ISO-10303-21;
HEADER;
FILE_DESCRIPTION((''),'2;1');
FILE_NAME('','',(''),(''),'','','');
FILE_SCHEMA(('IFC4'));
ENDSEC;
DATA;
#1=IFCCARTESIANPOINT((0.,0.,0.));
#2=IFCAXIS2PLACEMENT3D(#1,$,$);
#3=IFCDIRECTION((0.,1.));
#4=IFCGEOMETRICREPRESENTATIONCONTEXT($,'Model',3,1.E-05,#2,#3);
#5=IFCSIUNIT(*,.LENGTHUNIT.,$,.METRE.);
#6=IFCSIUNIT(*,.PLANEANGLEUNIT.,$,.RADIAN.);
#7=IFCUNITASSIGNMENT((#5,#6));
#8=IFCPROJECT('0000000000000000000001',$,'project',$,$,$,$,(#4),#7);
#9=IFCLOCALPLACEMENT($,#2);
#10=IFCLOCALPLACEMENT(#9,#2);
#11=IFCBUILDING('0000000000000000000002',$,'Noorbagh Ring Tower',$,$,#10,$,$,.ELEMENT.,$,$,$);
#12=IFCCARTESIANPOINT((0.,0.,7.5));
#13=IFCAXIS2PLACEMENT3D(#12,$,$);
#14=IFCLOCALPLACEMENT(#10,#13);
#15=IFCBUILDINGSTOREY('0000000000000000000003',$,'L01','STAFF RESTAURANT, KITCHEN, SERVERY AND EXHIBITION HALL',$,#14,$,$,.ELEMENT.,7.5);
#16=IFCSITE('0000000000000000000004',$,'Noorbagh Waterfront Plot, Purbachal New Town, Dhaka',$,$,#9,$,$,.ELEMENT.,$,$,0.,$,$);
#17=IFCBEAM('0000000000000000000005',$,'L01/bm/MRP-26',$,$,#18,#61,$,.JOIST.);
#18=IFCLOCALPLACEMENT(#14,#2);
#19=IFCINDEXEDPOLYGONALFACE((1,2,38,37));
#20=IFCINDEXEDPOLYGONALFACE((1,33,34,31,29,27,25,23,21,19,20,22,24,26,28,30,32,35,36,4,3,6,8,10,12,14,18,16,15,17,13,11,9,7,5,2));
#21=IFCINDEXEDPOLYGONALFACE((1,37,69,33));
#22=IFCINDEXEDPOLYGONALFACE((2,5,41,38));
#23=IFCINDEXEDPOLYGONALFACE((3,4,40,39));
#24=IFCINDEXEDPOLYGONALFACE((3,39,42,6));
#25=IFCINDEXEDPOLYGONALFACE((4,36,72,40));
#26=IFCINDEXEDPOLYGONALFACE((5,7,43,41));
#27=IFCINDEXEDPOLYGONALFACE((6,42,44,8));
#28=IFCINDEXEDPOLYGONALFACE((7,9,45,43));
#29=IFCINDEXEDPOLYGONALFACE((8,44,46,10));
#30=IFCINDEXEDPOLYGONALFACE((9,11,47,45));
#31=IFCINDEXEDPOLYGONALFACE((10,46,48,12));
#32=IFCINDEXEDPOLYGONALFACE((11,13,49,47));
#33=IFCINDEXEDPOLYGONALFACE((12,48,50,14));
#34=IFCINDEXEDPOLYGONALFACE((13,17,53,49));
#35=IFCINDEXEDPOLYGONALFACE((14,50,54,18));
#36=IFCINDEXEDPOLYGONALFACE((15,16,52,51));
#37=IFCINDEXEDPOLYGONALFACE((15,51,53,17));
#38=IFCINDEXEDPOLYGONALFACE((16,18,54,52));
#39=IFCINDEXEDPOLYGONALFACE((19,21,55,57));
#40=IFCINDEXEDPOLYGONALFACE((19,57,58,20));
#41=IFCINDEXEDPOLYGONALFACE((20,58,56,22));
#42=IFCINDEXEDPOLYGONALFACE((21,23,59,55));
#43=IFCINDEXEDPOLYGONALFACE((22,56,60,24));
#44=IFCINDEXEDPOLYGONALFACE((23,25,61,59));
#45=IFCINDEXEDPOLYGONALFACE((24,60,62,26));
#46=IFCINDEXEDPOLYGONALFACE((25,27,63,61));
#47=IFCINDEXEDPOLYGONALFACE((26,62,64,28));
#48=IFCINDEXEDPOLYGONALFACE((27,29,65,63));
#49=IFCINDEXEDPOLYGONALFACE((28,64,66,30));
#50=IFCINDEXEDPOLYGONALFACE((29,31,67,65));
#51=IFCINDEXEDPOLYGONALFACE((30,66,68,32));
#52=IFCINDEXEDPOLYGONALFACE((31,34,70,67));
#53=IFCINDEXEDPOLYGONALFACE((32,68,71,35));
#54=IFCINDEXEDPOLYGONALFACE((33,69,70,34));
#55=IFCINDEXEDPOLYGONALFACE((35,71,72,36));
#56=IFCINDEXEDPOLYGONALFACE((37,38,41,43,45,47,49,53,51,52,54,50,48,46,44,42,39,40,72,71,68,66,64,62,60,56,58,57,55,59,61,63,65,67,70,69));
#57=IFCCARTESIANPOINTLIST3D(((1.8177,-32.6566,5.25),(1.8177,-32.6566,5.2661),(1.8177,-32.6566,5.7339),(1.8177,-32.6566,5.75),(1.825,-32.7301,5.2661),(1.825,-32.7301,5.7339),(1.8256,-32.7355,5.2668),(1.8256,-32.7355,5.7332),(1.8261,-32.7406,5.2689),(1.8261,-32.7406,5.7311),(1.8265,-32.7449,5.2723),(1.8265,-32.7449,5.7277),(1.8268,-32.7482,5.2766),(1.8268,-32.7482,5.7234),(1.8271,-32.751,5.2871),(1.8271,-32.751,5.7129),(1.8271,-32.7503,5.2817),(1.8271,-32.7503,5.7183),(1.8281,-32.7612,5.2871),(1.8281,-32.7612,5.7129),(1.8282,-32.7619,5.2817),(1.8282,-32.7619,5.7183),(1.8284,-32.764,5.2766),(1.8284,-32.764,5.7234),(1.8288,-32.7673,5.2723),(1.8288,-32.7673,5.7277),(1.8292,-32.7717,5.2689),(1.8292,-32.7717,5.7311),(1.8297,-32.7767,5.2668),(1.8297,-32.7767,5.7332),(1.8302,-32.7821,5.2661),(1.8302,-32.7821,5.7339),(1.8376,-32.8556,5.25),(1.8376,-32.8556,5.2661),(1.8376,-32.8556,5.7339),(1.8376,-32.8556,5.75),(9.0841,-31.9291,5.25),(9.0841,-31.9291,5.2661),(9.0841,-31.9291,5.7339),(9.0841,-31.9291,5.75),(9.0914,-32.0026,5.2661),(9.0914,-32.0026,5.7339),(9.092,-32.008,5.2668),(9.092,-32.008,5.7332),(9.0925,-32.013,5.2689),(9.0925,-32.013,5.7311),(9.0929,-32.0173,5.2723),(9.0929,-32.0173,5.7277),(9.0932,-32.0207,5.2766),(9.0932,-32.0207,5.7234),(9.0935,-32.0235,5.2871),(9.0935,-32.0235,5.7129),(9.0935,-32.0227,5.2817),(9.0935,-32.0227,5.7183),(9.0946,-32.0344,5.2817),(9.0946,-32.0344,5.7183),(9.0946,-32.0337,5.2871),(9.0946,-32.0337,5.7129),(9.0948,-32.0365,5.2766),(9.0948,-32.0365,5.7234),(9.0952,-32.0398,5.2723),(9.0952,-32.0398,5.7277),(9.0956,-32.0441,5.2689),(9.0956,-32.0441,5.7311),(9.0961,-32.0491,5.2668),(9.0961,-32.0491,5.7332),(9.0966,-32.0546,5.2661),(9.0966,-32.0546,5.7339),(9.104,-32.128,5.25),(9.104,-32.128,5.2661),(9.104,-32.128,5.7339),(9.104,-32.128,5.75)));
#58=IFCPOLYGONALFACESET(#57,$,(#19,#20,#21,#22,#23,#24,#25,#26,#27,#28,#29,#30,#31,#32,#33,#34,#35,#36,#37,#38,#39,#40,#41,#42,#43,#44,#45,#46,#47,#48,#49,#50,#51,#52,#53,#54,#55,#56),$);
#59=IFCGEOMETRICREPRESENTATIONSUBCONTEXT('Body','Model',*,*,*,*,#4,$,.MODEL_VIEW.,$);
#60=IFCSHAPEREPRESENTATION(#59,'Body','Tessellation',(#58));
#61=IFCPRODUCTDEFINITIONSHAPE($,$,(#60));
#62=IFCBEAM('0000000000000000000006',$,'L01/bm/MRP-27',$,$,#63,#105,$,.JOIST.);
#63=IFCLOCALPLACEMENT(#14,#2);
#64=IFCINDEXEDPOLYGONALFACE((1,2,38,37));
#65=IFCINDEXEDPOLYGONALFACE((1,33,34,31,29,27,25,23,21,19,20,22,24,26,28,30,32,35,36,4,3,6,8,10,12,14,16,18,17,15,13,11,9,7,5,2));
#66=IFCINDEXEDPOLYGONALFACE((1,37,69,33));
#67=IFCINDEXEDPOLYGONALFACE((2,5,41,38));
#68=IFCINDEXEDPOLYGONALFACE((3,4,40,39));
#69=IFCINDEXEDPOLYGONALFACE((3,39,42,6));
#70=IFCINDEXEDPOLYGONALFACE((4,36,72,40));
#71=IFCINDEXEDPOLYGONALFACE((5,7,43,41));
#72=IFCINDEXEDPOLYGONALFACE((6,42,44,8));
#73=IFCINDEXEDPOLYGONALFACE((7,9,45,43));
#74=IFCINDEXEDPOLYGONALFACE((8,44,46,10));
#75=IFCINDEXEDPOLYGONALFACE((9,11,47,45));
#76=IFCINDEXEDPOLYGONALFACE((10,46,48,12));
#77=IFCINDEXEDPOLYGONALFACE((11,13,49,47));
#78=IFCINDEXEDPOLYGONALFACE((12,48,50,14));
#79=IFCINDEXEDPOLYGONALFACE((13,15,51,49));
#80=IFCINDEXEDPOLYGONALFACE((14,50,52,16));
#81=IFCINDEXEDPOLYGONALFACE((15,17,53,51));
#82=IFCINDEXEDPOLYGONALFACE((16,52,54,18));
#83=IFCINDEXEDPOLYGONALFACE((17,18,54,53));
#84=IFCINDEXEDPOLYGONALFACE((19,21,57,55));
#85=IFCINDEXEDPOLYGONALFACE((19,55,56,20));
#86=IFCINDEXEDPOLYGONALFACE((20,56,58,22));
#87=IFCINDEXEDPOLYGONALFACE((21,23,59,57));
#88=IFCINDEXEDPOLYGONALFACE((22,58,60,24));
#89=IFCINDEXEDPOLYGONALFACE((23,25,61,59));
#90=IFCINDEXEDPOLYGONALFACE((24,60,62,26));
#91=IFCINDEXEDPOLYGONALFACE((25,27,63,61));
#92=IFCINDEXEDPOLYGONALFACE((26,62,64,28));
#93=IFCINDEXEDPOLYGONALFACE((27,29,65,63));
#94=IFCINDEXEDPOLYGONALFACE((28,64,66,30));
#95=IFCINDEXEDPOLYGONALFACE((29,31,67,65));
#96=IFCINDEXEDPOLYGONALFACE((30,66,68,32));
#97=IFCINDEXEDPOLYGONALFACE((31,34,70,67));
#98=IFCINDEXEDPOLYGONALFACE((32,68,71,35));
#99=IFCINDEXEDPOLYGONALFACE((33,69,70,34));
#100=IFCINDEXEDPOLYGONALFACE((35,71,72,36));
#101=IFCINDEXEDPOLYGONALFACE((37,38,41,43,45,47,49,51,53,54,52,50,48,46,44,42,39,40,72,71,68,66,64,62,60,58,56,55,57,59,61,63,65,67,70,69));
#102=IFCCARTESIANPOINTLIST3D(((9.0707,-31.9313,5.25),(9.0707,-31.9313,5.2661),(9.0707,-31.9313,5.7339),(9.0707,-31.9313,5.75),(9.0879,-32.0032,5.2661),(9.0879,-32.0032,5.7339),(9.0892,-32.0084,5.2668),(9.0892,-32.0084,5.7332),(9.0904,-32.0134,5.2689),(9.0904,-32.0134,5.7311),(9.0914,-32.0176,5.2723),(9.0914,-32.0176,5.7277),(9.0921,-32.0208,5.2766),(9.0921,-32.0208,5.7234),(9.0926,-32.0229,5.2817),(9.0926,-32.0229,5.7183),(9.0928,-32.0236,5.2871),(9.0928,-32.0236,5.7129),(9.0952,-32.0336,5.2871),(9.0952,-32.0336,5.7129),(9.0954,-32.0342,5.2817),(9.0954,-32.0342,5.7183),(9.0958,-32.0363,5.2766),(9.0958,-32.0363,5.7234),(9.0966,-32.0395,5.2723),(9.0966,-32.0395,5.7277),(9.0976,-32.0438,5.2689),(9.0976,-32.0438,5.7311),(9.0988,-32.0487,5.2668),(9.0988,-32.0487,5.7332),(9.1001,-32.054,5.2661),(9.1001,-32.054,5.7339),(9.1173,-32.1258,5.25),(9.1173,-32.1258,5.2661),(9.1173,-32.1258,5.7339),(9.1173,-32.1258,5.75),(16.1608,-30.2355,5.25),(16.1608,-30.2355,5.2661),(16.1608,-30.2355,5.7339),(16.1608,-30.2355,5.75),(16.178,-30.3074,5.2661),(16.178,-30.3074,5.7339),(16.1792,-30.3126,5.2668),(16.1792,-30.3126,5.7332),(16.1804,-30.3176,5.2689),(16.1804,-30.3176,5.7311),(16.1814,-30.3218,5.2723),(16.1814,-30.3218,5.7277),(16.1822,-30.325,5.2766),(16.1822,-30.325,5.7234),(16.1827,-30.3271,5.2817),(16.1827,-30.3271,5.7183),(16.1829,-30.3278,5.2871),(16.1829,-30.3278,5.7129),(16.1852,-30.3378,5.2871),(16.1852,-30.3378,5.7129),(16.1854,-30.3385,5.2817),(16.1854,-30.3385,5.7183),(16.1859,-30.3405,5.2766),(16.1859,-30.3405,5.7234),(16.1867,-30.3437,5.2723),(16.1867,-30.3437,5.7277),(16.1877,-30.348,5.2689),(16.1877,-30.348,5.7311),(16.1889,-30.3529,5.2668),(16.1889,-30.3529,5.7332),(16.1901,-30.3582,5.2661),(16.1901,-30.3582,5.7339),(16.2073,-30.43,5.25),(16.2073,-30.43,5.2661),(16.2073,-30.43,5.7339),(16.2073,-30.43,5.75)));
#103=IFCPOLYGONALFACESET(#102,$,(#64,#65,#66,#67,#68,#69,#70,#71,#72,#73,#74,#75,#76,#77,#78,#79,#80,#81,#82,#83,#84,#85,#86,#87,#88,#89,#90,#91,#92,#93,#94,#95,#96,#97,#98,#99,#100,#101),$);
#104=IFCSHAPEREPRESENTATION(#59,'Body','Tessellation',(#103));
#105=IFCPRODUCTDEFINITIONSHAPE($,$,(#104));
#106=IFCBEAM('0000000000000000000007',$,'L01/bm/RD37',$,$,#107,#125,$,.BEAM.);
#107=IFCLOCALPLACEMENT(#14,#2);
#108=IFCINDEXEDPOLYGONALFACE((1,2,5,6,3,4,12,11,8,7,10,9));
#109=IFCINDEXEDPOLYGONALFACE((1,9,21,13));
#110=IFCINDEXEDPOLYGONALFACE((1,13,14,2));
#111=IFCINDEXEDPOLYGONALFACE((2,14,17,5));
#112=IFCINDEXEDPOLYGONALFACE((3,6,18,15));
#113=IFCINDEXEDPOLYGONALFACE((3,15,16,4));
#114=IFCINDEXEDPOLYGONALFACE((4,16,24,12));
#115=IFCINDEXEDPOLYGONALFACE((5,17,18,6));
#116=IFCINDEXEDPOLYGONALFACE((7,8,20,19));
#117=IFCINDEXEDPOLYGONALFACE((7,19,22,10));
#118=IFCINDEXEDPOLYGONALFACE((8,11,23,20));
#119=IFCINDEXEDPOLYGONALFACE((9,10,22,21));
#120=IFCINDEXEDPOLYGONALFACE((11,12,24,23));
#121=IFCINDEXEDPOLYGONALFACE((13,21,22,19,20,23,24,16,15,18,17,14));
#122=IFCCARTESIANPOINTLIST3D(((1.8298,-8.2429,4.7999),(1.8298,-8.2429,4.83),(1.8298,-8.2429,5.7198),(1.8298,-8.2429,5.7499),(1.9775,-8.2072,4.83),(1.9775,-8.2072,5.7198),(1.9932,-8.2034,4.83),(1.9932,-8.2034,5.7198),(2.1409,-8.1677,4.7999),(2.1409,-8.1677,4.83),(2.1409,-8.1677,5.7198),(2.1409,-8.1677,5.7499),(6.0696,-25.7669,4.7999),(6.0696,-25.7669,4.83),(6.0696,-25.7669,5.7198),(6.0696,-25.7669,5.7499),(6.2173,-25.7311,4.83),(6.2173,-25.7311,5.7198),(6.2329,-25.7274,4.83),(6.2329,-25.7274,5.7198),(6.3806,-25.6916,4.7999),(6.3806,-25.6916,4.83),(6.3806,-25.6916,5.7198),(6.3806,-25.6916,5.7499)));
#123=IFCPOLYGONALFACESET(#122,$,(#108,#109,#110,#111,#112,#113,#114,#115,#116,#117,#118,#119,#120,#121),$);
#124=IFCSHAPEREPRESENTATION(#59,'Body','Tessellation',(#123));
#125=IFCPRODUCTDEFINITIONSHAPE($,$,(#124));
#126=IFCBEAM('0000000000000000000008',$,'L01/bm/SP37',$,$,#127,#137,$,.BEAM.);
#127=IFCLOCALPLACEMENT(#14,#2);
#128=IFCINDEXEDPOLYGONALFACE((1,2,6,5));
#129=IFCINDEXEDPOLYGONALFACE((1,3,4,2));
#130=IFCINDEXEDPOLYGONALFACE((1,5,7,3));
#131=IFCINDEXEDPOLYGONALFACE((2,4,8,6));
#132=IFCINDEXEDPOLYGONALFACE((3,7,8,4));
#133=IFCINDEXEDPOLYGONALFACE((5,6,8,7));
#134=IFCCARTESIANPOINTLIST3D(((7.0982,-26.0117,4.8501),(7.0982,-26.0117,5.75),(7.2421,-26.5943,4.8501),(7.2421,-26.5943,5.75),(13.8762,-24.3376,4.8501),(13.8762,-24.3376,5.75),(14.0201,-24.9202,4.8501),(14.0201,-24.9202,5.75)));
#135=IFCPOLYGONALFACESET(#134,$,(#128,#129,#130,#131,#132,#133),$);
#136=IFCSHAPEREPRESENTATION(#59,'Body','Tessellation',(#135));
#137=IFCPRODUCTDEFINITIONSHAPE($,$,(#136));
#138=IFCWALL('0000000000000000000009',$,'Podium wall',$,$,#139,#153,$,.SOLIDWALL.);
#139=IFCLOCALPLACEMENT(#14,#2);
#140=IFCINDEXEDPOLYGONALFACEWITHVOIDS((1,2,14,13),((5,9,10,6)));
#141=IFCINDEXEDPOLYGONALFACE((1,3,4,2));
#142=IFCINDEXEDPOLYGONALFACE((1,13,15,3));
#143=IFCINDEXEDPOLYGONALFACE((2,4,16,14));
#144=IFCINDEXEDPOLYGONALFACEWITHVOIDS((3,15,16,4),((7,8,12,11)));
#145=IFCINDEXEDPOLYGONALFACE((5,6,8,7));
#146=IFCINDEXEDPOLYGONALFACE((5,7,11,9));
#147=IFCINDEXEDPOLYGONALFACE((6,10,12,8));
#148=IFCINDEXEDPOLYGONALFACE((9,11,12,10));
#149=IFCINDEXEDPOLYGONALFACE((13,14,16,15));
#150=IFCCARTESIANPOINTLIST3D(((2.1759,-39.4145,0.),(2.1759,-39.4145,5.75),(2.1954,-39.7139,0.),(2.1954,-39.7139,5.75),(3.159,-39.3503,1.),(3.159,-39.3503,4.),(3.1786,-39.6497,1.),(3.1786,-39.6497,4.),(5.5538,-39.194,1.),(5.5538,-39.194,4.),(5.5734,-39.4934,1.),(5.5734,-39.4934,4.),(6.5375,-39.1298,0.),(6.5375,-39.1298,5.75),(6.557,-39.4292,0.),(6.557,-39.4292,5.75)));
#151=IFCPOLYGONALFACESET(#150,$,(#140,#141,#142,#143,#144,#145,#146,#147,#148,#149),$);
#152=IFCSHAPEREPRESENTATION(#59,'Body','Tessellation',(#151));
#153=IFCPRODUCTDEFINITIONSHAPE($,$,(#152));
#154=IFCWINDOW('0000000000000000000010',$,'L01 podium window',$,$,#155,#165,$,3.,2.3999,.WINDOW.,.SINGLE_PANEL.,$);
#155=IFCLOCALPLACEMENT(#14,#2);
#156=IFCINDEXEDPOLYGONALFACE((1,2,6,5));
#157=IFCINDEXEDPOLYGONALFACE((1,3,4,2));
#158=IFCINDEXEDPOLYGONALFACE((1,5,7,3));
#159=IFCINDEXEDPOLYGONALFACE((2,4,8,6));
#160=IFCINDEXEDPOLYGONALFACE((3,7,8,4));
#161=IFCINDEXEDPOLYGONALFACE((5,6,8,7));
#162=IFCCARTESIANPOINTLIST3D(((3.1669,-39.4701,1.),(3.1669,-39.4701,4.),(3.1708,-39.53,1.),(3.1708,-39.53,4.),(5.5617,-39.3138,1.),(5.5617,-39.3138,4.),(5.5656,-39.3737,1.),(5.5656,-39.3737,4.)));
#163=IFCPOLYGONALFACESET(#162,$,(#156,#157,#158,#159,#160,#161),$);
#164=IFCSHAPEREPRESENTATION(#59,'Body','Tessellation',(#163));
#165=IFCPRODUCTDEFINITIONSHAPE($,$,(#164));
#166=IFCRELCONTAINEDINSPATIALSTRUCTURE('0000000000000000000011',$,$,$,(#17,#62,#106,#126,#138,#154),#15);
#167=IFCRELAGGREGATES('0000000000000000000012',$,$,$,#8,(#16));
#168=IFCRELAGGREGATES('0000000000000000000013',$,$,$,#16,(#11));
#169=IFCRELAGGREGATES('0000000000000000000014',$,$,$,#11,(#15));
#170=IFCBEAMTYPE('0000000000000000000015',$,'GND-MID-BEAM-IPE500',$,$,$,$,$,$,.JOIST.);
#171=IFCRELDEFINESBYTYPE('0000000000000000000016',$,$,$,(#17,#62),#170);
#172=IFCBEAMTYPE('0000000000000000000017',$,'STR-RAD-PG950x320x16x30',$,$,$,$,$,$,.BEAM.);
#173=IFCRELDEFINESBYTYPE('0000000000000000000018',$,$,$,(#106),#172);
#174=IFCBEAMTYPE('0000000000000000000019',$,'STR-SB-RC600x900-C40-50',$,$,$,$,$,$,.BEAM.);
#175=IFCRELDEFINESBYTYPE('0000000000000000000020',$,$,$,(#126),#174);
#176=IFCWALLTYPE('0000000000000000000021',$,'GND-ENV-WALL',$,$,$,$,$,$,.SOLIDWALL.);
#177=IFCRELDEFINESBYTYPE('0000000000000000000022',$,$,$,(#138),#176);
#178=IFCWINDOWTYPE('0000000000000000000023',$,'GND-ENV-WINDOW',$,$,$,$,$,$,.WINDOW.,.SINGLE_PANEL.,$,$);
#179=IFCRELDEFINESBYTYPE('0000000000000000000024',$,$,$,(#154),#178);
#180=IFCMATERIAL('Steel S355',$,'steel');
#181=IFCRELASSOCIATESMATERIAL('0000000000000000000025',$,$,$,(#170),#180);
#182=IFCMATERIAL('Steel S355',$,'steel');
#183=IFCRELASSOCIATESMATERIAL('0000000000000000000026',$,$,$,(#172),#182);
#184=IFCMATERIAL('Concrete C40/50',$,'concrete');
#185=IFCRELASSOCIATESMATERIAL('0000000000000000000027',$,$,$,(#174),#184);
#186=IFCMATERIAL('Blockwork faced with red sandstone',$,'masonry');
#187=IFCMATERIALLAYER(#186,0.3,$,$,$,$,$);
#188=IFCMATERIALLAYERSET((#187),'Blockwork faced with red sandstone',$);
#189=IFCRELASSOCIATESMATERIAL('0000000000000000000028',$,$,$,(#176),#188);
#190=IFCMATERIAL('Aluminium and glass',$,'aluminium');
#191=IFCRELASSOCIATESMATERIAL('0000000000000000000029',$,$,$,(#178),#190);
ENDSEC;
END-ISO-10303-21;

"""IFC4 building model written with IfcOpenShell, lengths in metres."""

from ifc_helpers import new_model, si_unit, direction, frame, frame_2d, origin, origin_2d, place, context, subcontext, project, spatial, rectangle, i_section, extrude, material, layer, layer_set, material_profile, profile_set, type_object, element, fill, save


model = new_model("IFC4")

# Units and contexts
model_context = context("Model", 3, precision=1e-05, world=origin(), true_north=direction((0.0, 1.0)))
body_context = subcontext(model_context, "Body", "Model", "MODEL_VIEW")
ifc_project = project(units=[si_unit("LENGTHUNIT", "METRE"), si_unit("PLANEANGLEUNIT", "RADIAN")], contexts=[model_context])

# Site, building, storey
site_placement = place(None, origin())
site = spatial("IfcSite", under=ifc_project, at=site_placement, Name="Noorbagh Waterfront Plot, Purbachal New Town, Dhaka", CompositionType="ELEMENT", RefElevation=0.0)
building_placement = place(site_placement, origin())
building = spatial("IfcBuilding", under=site, at=building_placement, Name="Noorbagh Ring Tower", CompositionType="ELEMENT")
storey_placement = place(building_placement, frame((0.0, 0.0, 7.5)))
storey = spatial("IfcBuildingStorey", under=building, at=storey_placement, Name="L01", Description="STAFF RESTAURANT, KITCHEN, SERVERY AND EXHIBITION HALL", CompositionType="ELEMENT", Elevation=7.5)

# Beams
ifc_material_1 = material(Name="Steel S355", Category="steel")
ifc_material_profile_1 = material_profile(ifc_material_1, i_section(OverallWidth=0.2, OverallDepth=0.5, WebThickness=0.0103, FlangeThickness=0.0161, FilletRadius=0.021, at=origin_2d()), Name="IPE500")
ifc_profile_set_1 = profile_set([ifc_material_profile_1], Name="Steel S355")
beam_type_1 = type_object("IfcBeamType", Name="GND-MID-BEAM-IPE500", PredefinedType="JOIST", material=ifc_profile_set_1)
beam_1_placement = place(storey_placement, frame((1.8276, -32.7561, 5.5), z_axis=(0.995025, 0.099626, 0.0), x_axis=(-0.099626, 0.995025, 0.0)))
element("IfcBeam", 1, at=beam_1_placement, inside=storey, type_object=beam_type_1, Name="L01/bm/MRP-26", PredefinedType="JOIST", context=body_context, shape_type="SweptSolid", body=[
    extrude(i_section(OverallWidth=0.2, OverallDepth=0.5, WebThickness=0.0103, FlangeThickness=0.0161, FilletRadius=0.021, at=origin_2d()), origin(), (0.0, 0.0, 1.0), 7.3027),
])
beam_2_placement = place(storey_placement, frame((9.094, -32.0286, 5.5), z_axis=(0.972568, 0.232618, 0.0), x_axis=(-0.232618, 0.972568, 0.0)))
element("IfcBeam", 2, at=beam_2_placement, inside=storey, type_object=beam_type_1, Name="L01/bm/MRP-27", PredefinedType="JOIST", context=body_context, shape_type="SweptSolid", body=[
    extrude(i_section(OverallWidth=0.2, OverallDepth=0.5, WebThickness=0.0103, FlangeThickness=0.0161, FilletRadius=0.021, at=origin_2d()), origin(), (0.0, 0.0, 1.0), 7.29),
])
ifc_material_2 = material(Name="Steel S355", Category="steel")
ifc_material_profile_2 = material_profile(ifc_material_2, i_section(OverallWidth=0.3201, OverallDepth=0.95, WebThickness=0.0161, FlangeThickness=0.03, at=origin_2d()), Name="PG950x320x16x30")
ifc_profile_set_2 = profile_set([ifc_material_profile_2], Name="Steel S355")
beam_type_2 = type_object("IfcBeamType", Name="STR-RAD-PG950x320x16x30", PredefinedType="BEAM", material=ifc_profile_set_2)
beam_3_placement = place(storey_placement, frame((6.2251, -25.7292, 5.2749), z_axis=(-0.235156, 0.971958, 0.0), x_axis=(-0.971958, -0.235156, 0.0)))
element("IfcBeam", 3, at=beam_3_placement, inside=storey, type_object=beam_type_2, Name="L01/bm/RD37", PredefinedType="BEAM", context=body_context, shape_type="SweptSolid", body=[
    extrude(i_section(OverallWidth=0.3201, OverallDepth=0.95, WebThickness=0.0161, FlangeThickness=0.03, at=origin_2d()), origin(), (0.0, 0.0, 1.0), 18.0295),
])
ifc_material_3 = material(Name="Concrete C40/50", Category="concrete")
ifc_material_profile_3 = material_profile(ifc_material_3, rectangle(XDim=0.6001, YDim=0.8999, at=origin_2d()), Name="RC600x900")
ifc_profile_set_3 = profile_set([ifc_material_profile_3], Name="Concrete C40/50")
beam_type_3 = type_object("IfcBeamType", Name="STR-SB-RC600x900-C40-50", PredefinedType="BEAM", material=ifc_profile_set_3)
beam_4_placement = place(storey_placement, frame((7.1702, -26.303, 5.3), z_axis=(0.970828, 0.239778, 0.0), x_axis=(-0.239778, 0.970828, 0.0)))
element("IfcBeam", 4, at=beam_4_placement, inside=storey, type_object=beam_type_3, Name="L01/bm/SP37", PredefinedType="BEAM", context=body_context, shape_type="SweptSolid", body=[
    extrude(rectangle(XDim=0.6001, YDim=0.8999, at=origin_2d()), origin(), (0.0, 0.0, 1.0), 6.9817),
])

# Wall, opening, window
ifc_material_4 = material(Name="Blockwork faced with red sandstone", Category="masonry")
ifc_layer_1 = layer(ifc_material_4, 0.3)
ifc_layer_set_1 = layer_set([ifc_layer_1], Name="Blockwork faced with red sandstone")
wall_type = type_object("IfcWallType", Name="GND-ENV-WALL", PredefinedType="SOLIDWALL", material=ifc_layer_set_1)
wall_1_placement = place(storey_placement, frame((2.1855, -39.5642, 0.0), z_axis=(0.0, 0.0, 1.0), x_axis=(0.997877, 0.065129, 0.0)))
wall_1 = element("IfcWall", 5, at=wall_1_placement, inside=storey, type_object=wall_type, Name="Podium wall", PredefinedType="SOLIDWALL", context=body_context, shape_type="SweptSolid", body=[
    extrude(rectangle(XDim=4.3708, YDim=0.3, at=frame_2d((2.1855, 0.0))), origin(), (0.0, 0.0, 1.0), 5.75),
])
opening_1_placement = place(wall_1_placement, frame((0.9854, 0.0, 1.0)))
opening_1 = element("IfcOpeningElement", 6, at=opening_1_placement, cuts=wall_1, PredefinedType="OPENING", context=body_context, shape_type="SweptSolid", body=[
    extrude(rectangle(XDim=2.3999, YDim=3.0, at=frame_2d((1.2, 1.5))), frame((0.0, 0.1602, 0.0), z_axis=(0.0, -1.0, 0.0), x_axis=(1.0, 0.0, 0.0)), (0.0, 0.0, 1.0), 0.3201),
])
ifc_material_5 = material(Name="Aluminium and glass", Category="aluminium")
window_type = type_object("IfcWindowType", Name="GND-ENV-WINDOW", PartitioningType="SINGLE_PANEL", PredefinedType="WINDOW", material=ifc_material_5)
window_1_placement = place(opening_1_placement, origin())
window_1 = element("IfcWindow", 7, at=window_1_placement, inside=storey, type_object=window_type, Name="L01 podium window", OverallHeight=3.0, OverallWidth=2.3999, PartitioningType="SINGLE_PANEL", PredefinedType="WINDOW", context=body_context, shape_type="SweptSolid", body=[
    extrude(rectangle(XDim=2.3999, YDim=3.0, at=frame_2d((1.2, 1.5))), frame((0.0, 0.03, 0.0), z_axis=(0.0, -1.0, 0.0), x_axis=(1.0, 0.0, 0.0)), (0.0, 0.0, 1.0), 0.0601),
])
fill(opening_1, window_1)

save(model, "model.ifc")
